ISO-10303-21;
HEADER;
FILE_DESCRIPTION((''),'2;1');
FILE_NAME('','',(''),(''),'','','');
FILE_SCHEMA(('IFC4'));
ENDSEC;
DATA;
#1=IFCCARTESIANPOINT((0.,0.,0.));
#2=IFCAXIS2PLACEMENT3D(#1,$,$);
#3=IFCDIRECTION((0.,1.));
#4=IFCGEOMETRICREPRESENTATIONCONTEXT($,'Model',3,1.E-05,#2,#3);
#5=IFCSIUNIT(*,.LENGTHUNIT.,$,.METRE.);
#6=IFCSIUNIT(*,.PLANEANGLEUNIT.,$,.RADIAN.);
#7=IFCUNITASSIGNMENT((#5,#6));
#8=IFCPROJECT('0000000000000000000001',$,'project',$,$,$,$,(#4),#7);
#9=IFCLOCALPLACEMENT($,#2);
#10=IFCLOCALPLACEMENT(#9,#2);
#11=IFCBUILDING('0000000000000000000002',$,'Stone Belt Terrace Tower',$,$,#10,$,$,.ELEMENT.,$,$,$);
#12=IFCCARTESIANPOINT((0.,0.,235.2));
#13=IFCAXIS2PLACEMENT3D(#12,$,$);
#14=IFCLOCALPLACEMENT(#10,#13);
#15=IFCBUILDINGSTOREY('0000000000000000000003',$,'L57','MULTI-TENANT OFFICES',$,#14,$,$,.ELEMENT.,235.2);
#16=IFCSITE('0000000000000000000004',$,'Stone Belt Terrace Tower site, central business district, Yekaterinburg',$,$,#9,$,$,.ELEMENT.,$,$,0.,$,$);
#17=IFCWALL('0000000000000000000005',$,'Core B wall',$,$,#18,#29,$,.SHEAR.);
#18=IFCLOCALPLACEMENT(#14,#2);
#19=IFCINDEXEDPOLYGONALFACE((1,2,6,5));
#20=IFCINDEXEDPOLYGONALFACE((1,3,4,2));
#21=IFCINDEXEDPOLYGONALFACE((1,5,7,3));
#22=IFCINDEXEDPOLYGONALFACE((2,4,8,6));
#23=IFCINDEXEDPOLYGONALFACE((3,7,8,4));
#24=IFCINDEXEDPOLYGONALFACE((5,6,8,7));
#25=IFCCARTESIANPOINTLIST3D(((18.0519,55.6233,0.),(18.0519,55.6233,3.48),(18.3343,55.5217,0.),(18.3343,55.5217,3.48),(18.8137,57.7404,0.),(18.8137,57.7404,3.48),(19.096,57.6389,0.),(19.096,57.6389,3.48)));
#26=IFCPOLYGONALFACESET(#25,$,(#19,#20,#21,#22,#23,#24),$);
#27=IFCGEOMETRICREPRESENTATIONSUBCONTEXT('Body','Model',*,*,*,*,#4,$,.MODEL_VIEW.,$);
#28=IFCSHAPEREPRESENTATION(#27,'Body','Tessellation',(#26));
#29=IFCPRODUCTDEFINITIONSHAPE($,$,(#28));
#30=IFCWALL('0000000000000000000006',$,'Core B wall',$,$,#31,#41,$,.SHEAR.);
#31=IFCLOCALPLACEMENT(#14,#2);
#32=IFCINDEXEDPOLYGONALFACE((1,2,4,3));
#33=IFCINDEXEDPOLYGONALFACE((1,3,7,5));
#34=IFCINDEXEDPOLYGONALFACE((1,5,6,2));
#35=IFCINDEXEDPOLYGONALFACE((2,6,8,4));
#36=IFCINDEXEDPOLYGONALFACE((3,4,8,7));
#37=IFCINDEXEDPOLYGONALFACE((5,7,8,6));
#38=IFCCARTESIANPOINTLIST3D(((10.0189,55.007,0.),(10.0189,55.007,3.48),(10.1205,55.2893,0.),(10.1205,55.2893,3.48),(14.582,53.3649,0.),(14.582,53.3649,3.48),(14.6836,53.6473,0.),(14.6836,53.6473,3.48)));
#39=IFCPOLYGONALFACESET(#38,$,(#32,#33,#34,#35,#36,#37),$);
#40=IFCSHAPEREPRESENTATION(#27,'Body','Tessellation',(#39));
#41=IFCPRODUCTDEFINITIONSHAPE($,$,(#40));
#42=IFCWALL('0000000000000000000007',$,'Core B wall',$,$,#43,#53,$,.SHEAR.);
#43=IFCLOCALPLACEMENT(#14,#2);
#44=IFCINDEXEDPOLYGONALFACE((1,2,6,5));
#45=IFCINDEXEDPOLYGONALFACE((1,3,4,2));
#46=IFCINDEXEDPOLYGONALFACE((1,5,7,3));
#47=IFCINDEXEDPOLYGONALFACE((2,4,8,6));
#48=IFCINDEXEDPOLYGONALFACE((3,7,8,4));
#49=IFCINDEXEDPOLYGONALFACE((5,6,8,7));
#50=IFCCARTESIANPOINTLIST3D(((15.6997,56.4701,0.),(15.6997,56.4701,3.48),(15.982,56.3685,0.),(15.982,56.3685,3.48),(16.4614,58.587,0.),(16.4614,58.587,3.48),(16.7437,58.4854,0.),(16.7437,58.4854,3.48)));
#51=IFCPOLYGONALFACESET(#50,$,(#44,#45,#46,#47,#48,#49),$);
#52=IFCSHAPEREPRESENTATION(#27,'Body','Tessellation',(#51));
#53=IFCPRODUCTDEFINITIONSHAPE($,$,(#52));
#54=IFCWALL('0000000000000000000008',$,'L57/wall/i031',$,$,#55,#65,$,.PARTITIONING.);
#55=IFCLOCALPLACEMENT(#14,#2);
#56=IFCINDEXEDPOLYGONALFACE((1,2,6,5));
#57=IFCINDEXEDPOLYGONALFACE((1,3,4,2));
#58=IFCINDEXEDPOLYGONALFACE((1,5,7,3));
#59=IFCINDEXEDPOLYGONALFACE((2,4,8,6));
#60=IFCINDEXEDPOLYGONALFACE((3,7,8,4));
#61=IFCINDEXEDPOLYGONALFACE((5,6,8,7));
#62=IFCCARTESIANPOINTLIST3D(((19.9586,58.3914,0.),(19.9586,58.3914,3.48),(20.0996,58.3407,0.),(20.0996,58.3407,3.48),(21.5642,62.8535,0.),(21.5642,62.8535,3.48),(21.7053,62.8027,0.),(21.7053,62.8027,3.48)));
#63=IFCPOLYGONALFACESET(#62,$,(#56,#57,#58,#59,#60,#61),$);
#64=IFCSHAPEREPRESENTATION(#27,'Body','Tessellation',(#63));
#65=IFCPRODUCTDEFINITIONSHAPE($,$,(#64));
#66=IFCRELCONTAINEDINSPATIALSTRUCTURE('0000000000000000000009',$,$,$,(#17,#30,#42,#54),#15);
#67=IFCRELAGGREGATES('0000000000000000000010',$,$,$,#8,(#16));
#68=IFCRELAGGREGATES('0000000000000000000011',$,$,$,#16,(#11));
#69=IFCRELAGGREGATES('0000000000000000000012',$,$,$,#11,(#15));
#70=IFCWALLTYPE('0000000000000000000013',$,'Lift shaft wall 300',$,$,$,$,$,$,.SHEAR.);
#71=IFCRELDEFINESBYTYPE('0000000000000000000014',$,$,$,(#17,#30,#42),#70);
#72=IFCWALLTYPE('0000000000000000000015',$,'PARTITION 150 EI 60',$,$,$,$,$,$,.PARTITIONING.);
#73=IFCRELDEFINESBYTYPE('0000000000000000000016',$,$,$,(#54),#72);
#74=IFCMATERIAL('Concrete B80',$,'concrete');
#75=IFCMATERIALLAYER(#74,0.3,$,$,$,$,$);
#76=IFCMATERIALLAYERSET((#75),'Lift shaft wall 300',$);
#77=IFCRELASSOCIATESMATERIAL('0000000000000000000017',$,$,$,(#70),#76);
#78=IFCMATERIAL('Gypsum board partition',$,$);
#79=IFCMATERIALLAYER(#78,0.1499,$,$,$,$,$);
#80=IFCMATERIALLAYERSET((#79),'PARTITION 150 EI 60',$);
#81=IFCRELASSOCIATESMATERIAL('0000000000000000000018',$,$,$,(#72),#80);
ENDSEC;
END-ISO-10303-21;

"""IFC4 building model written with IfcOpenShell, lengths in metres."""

from ifc_helpers import new_model, si_unit, direction, frame, frame_2d, origin, place, context, subcontext, project, spatial, rectangle, extrude, material, layer, layer_set, type_object, element, save


model = new_model("IFC4")

# Units and contexts
model_context = context("Model", 3, precision=1e-05, world=origin(), true_north=direction((0.0, 1.0)))
body_context = subcontext(model_context, "Body", "Model", "MODEL_VIEW")
ifc_project = project(units=[si_unit("LENGTHUNIT", "METRE"), si_unit("PLANEANGLEUNIT", "RADIAN")], contexts=[model_context])

# Site, building, storey
site_placement = place(None, origin())
site = spatial("IfcSite", under=ifc_project, at=site_placement, Name="Stone Belt Terrace Tower site, central business district, Yekaterinburg", CompositionType="ELEMENT", RefElevation=0.0)
building_placement = place(site_placement, origin())
building = spatial("IfcBuilding", under=site, at=building_placement, Name="Stone Belt Terrace Tower", CompositionType="ELEMENT")
storey_placement = place(building_placement, frame((0.0, 0.0, 235.2)))
storey = spatial("IfcBuildingStorey", under=building, at=storey_placement, Name="L57", Description="MULTI-TENANT OFFICES", CompositionType="ELEMENT", Elevation=235.2)

# Shared definitions
ifc_material_1 = material(Name="Concrete B80", Category="concrete")
ifc_layer_1 = layer(ifc_material_1, 0.3)
ifc_layer_set_1 = layer_set([ifc_layer_1], Name="Lift shaft wall 300")
wall_type_1 = type_object("IfcWallType", Name="Lift shaft wall 300", PredefinedType="SHEAR", material=ifc_layer_set_1)

# Walls
wall_1_placement = place(storey_placement, frame((18.1931, 55.5725, 0.0), z_axis=(0.0, 0.0, 1.0), x_axis=(0.338535, 0.940954, 0.0)))
element("IfcWall", 1, at=wall_1_placement, inside=storey, type_object=wall_type_1, Name="Core B wall", PredefinedType="SHEAR", context=body_context, shape_type="SweptSolid", body=[
    extrude(rectangle(XDim=2.25, YDim=0.3, at=frame_2d((1.125, 0.0))), origin(), (0.0, 0.0, 1.0), 3.48),
])
wall_2_placement = place(storey_placement, frame((14.6328, 53.5061, 0.0), z_axis=(0.0, 0.0, 1.0), x_axis=(-0.940932, 0.338596, 0.0)))
element("IfcWall", 2, at=wall_2_placement, inside=storey, type_object=wall_type_1, Name="Core B wall", PredefinedType="SHEAR", context=body_context, shape_type="SweptSolid", body=[
    extrude(rectangle(XDim=4.8496, YDim=0.3, at=frame_2d((2.4248, 0.0))), origin(), (0.0, 0.0, 1.0), 3.48),
])
wall_3_placement = place(storey_placement, frame((15.8408, 56.4192, 0.0), z_axis=(0.0, 0.0, 1.0), x_axis=(0.33857, 0.940941, 0.0)))
element("IfcWall", 3, at=wall_3_placement, inside=storey, type_object=wall_type_1, Name="Core B wall", PredefinedType="SHEAR", context=body_context, shape_type="SweptSolid", body=[
    extrude(rectangle(XDim=2.2498, YDim=0.3, at=frame_2d((1.125, 0.0))), origin(), (0.0, 0.0, 1.0), 3.48),
])
ifc_material_2 = material(Name="Gypsum board partition")
ifc_layer_2 = layer(ifc_material_2, 0.1499)
ifc_layer_set_2 = layer_set([ifc_layer_2], Name="PARTITION 150 EI 60")
wall_type_2 = type_object("IfcWallType", Name="PARTITION 150 EI 60", PredefinedType="PARTITIONING", material=ifc_layer_set_2)
wall_4_placement = place(storey_placement, frame((21.6348, 62.8281, 0.0), z_axis=(0.0, 0.0, 1.0), x_axis=(-0.338596, -0.940932, 0.0)))
element("IfcWall", 4, at=wall_4_placement, inside=storey, type_object=wall_type_2, Name="L57/wall/i031", PredefinedType="PARTITIONING", context=body_context, shape_type="SweptSolid", body=[
    extrude(rectangle(XDim=4.7422, YDim=0.1499, at=frame_2d((2.3711, 0.0))), origin(), (0.0, 0.0, 1.0), 3.48),
])

save(model, "model.ifc")
